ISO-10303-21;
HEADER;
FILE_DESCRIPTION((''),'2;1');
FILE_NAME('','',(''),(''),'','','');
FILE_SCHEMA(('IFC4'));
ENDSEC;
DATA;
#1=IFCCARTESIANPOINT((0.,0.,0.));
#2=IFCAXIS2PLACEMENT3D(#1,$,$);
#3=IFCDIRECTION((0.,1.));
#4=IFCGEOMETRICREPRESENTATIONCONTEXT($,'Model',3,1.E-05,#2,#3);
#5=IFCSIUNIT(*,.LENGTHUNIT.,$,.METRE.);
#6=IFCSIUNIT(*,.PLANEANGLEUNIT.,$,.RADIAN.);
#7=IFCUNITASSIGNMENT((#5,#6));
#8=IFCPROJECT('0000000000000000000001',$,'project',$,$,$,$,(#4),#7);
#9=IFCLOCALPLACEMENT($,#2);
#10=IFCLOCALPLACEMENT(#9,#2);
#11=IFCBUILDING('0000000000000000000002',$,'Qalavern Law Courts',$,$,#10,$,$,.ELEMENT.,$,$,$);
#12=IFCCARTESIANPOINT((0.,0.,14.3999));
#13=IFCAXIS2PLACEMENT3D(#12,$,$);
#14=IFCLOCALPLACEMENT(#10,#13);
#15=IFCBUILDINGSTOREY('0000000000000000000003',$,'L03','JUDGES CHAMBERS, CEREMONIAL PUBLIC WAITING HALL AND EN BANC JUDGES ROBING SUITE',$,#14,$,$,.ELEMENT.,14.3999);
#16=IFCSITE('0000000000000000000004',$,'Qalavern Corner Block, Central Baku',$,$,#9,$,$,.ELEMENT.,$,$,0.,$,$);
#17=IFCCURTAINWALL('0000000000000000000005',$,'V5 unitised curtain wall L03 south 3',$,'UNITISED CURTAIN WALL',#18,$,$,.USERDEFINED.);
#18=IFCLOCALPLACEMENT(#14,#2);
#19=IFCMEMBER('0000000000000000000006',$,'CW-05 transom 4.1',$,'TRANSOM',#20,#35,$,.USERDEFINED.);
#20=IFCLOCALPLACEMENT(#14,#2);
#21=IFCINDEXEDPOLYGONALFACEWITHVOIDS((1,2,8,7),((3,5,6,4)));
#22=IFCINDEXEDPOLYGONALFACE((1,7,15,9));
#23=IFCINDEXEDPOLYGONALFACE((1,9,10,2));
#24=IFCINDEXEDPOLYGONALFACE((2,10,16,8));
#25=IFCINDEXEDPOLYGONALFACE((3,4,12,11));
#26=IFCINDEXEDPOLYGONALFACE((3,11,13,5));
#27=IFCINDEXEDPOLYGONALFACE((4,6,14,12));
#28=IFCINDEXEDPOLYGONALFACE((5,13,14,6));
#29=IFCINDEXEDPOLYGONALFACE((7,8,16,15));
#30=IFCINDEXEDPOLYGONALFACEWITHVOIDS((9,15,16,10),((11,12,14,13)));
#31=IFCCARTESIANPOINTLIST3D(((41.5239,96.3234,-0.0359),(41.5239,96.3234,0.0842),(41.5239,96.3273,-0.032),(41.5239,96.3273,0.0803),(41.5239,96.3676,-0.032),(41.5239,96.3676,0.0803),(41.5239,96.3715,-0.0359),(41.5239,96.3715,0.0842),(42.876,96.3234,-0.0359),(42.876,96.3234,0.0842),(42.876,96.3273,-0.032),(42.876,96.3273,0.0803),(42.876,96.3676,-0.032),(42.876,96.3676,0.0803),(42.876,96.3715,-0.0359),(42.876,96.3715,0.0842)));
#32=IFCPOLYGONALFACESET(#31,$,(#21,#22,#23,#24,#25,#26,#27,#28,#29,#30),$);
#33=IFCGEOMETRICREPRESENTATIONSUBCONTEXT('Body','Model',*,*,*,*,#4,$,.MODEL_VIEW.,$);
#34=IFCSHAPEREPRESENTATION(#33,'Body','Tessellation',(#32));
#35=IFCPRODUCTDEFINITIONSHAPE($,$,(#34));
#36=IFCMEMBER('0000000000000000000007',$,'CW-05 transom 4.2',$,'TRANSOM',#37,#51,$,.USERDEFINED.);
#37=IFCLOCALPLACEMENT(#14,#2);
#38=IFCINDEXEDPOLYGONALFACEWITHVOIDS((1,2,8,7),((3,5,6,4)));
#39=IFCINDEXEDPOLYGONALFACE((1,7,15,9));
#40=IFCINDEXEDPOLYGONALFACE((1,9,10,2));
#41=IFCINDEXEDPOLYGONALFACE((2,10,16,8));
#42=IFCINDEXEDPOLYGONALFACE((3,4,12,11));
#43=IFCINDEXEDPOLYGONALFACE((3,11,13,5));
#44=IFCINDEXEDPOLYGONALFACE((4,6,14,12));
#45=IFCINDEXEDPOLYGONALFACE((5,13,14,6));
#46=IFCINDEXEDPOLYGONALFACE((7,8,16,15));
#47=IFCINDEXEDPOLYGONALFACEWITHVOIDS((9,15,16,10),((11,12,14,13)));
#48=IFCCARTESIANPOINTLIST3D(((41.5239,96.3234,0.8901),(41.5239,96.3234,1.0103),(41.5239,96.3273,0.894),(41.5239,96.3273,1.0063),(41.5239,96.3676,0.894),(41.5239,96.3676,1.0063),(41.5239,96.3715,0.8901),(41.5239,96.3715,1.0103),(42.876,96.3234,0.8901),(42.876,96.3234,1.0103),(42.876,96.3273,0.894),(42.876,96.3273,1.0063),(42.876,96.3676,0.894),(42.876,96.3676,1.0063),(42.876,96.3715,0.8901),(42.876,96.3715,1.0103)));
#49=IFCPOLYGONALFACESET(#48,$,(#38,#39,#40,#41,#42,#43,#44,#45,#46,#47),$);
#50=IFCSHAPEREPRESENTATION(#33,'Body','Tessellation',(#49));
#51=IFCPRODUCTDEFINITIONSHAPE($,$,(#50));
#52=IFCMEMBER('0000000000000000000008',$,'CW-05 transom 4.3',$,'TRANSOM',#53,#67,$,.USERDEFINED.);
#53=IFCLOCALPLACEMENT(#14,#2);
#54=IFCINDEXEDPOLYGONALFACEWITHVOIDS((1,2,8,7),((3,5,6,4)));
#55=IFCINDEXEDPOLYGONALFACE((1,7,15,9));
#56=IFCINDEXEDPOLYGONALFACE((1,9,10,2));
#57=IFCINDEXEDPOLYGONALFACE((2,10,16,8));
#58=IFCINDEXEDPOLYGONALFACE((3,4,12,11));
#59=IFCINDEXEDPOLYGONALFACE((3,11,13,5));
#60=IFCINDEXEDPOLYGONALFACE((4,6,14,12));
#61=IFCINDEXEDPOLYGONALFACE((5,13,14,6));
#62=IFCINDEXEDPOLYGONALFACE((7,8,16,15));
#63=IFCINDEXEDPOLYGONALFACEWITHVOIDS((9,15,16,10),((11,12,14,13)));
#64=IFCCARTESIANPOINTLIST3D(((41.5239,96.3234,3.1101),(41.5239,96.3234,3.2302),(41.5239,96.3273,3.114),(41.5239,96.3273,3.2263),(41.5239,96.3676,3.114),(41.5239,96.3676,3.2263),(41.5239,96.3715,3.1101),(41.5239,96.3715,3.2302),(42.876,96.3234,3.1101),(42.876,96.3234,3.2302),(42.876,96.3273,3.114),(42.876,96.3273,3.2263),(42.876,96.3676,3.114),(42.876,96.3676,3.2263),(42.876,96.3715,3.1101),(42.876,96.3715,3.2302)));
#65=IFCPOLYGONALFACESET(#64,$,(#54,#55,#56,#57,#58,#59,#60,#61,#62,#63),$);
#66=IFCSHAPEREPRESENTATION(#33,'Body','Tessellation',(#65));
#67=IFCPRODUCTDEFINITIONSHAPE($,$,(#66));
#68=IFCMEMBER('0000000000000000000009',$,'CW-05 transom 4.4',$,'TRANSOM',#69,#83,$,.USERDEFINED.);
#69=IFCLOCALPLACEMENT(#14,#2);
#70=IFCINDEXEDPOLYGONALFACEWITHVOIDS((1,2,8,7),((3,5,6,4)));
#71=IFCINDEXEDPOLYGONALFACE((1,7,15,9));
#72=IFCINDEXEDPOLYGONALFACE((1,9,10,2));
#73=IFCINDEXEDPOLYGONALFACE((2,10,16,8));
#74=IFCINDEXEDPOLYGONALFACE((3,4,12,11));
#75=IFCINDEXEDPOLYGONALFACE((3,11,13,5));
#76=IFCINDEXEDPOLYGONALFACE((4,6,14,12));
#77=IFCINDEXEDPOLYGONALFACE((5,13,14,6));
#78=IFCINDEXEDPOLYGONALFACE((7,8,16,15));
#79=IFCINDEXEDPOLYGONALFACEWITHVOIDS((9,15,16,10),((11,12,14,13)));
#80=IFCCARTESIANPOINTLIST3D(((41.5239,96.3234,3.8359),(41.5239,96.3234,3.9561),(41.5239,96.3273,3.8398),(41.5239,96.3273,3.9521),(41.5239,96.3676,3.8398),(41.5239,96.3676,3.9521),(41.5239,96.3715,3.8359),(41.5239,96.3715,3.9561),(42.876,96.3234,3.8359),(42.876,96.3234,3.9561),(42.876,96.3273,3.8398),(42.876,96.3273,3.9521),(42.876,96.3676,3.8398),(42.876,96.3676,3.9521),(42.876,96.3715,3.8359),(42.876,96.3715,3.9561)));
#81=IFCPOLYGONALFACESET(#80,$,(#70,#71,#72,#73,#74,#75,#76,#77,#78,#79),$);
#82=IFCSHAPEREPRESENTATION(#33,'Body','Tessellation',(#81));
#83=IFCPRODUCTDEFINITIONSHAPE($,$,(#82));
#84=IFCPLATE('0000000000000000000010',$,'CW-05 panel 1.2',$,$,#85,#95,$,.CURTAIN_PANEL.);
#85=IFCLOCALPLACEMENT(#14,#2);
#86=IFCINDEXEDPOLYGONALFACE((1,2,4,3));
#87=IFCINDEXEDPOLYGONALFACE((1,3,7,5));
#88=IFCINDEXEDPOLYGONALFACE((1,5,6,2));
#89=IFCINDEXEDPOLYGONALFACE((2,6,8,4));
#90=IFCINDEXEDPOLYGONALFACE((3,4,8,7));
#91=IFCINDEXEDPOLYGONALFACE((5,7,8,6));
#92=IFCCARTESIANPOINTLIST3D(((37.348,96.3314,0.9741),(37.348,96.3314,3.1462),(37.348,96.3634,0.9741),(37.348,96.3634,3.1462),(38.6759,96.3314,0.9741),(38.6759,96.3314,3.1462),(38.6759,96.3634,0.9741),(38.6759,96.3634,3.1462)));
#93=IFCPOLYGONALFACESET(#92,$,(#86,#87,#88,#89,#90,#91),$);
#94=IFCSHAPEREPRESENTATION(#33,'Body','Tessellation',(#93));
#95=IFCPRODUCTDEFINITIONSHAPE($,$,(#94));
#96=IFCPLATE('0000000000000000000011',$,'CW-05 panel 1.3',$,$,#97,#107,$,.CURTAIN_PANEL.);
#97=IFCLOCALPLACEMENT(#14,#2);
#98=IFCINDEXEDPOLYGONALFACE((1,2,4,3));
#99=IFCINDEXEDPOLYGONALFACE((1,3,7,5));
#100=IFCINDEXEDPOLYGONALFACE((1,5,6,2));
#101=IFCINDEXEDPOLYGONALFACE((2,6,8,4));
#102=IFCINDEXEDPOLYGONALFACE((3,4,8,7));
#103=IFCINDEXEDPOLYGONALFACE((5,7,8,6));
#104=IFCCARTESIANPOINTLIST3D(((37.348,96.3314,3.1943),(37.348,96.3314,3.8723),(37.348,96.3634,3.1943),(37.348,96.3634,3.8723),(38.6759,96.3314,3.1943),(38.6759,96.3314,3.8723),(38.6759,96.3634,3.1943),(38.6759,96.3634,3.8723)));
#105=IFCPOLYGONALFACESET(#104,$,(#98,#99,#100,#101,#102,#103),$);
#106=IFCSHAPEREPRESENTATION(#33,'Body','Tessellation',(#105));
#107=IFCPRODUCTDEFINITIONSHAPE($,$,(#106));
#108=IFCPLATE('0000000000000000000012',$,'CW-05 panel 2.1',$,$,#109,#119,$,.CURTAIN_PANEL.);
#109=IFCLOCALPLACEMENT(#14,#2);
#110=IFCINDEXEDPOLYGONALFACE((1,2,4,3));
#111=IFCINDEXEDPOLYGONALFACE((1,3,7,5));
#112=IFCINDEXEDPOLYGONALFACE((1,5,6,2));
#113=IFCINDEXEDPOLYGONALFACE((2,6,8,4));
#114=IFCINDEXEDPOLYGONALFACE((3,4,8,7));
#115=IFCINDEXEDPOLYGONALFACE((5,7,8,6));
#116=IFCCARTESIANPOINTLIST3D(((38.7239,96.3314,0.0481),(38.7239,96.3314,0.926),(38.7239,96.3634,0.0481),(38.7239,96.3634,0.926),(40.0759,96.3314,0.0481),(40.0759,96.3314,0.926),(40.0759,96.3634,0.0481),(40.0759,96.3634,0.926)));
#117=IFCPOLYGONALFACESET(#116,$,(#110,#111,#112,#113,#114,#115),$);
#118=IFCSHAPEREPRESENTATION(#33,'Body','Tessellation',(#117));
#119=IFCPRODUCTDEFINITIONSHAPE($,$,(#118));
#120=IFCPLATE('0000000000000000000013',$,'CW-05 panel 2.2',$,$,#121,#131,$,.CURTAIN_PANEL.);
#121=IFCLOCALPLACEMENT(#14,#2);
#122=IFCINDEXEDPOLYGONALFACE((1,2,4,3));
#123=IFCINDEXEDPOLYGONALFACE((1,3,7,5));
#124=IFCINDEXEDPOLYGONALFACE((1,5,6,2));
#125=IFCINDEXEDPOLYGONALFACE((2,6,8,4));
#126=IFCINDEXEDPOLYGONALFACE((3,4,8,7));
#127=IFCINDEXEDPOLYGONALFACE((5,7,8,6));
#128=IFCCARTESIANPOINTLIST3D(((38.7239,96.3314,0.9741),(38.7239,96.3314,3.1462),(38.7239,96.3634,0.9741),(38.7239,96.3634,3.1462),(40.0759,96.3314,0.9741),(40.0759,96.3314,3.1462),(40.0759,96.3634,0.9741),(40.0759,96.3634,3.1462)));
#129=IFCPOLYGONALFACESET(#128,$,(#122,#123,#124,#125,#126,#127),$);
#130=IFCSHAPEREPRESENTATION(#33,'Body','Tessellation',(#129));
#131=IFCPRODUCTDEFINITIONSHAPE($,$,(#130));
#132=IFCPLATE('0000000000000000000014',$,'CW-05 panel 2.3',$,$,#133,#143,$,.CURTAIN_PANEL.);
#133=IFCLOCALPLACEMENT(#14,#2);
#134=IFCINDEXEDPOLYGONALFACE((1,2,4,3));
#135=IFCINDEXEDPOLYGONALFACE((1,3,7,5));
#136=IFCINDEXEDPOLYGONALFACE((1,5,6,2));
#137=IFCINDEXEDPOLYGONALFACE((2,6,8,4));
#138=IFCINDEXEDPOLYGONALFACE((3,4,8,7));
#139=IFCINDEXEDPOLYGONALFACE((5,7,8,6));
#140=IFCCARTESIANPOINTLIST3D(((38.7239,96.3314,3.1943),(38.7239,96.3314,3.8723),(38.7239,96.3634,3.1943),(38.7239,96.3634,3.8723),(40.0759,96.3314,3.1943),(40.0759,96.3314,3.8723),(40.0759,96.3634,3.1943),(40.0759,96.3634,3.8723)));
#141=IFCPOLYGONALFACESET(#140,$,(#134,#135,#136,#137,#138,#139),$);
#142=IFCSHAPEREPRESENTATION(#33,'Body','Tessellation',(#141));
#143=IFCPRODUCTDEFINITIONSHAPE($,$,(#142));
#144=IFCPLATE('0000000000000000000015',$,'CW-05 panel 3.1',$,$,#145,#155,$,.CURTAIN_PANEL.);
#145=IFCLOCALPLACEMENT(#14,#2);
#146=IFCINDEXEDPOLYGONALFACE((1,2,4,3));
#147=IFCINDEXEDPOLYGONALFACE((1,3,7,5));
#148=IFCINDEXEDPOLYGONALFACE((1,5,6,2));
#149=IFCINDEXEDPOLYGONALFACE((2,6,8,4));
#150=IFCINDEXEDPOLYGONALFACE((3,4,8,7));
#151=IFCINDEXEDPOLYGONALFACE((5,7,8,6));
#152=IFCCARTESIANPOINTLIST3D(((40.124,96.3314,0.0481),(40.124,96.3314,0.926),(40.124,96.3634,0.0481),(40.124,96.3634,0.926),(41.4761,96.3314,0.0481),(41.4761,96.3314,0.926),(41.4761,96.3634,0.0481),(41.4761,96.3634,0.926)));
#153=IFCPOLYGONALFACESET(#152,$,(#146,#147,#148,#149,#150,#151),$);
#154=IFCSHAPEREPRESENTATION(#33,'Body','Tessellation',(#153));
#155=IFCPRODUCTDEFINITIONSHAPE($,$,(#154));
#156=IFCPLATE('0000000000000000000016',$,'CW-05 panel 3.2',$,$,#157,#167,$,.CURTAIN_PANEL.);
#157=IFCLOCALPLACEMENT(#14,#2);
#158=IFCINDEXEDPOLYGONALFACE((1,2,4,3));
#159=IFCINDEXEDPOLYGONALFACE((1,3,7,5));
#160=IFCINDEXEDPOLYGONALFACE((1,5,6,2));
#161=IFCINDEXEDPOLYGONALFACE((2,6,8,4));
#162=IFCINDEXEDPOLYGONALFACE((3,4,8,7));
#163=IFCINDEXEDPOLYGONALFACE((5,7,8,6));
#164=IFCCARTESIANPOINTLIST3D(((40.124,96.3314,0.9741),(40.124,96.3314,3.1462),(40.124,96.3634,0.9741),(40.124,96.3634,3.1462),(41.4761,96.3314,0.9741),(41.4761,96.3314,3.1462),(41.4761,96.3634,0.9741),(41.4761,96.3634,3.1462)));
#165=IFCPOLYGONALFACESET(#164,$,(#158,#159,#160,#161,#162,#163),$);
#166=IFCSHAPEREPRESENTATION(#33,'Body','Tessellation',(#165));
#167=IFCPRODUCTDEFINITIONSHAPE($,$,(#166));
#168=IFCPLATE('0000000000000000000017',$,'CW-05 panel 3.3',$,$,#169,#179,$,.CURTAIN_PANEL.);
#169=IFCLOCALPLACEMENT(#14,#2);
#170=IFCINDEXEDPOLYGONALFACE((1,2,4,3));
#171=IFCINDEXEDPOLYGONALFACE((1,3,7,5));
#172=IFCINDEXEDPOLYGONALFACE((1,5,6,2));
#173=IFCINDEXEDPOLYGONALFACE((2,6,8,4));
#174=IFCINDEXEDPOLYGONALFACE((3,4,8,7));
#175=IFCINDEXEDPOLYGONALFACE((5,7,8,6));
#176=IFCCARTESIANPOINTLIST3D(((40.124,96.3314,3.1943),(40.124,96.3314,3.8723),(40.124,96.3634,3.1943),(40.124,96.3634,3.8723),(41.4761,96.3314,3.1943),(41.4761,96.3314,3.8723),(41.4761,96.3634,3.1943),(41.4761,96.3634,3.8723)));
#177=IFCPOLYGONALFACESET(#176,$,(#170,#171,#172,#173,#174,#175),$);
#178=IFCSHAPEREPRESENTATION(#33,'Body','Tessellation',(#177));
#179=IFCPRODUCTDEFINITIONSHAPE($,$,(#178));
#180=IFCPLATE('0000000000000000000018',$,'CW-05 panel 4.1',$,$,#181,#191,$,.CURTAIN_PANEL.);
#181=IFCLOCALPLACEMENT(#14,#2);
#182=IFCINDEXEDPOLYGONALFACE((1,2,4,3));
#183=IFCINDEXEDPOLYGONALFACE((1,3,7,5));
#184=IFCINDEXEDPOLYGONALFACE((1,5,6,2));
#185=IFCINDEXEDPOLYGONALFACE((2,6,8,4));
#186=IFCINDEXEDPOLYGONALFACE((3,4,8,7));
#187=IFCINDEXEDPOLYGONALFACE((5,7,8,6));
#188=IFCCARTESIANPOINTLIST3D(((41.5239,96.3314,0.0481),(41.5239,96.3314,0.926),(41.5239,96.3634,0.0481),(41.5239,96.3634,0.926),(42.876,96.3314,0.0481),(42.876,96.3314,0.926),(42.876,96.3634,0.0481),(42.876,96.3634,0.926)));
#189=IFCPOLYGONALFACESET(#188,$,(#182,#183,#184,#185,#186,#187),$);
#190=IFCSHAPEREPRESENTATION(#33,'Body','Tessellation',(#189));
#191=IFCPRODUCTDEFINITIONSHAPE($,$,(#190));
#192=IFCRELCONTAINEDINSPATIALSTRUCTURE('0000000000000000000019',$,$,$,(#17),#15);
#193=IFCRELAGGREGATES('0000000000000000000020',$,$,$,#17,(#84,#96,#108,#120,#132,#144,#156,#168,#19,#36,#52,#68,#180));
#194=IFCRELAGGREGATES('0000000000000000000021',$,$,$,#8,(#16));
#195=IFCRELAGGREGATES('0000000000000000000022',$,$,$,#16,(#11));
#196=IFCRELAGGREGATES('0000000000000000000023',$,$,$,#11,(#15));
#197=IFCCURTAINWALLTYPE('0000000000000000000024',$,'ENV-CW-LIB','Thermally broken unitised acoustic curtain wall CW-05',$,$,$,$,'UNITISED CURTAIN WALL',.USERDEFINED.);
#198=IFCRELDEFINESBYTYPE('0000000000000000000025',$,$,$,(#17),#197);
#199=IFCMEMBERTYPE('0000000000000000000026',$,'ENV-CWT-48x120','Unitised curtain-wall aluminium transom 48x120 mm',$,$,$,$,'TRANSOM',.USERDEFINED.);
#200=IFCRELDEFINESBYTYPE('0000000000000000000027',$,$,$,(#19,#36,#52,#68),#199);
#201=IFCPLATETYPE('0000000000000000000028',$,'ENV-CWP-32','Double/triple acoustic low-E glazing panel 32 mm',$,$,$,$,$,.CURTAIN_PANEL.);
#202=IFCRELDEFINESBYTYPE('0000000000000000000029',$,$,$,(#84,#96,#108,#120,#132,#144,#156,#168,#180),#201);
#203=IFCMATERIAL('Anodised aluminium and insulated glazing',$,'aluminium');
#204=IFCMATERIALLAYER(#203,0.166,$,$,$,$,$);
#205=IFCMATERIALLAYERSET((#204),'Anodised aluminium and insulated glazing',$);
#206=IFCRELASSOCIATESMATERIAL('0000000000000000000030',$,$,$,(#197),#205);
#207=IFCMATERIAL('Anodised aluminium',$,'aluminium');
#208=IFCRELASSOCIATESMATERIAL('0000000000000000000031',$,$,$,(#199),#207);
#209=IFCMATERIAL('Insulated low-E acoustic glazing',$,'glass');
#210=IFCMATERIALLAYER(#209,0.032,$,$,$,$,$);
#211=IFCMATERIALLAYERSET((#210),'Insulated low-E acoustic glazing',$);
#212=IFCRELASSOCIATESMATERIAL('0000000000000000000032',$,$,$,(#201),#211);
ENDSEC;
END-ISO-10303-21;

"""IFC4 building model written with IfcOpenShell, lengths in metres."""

from ifc_helpers import new_model, si_unit, direction, frame, origin, origin_2d, place, context, subcontext, project, spatial, rectangle, hollow_rectangle, extrude, material, layer, layer_set, material_profile, profile_set, type_object, element, aggregate, save


model = new_model("IFC4")

# Units and contexts
model_context = context("Model", 3, precision=1e-05, world=origin(), true_north=direction((0.0, 1.0)))
body_context = subcontext(model_context, "Body", "Model", "MODEL_VIEW")
ifc_project = project(units=[si_unit("LENGTHUNIT", "METRE"), si_unit("PLANEANGLEUNIT", "RADIAN")], contexts=[model_context])

# Site, building, storey
site_placement = place(None, origin())
site = spatial("IfcSite", under=ifc_project, at=site_placement, Name="Qalavern Corner Block, Central Baku", CompositionType="ELEMENT", RefElevation=0.0)
building_placement = place(site_placement, origin())
building = spatial("IfcBuilding", under=site, at=building_placement, Name="Qalavern Law Courts", CompositionType="ELEMENT")
storey_placement = place(building_placement, frame((0.0, 0.0, 14.3999)))
storey = spatial("IfcBuildingStorey", under=building, at=storey_placement, Name="L03", Description="JUDGES CHAMBERS, CEREMONIAL PUBLIC WAITING HALL AND EN BANC JUDGES ROBING SUITE", CompositionType="ELEMENT", Elevation=14.3999)

# Curtain wall, members, plates
ifc_material_1 = material(Name="Anodised aluminium and insulated glazing", Category="aluminium")
ifc_layer_1 = layer(ifc_material_1, 0.166)
ifc_layer_set_1 = layer_set([ifc_layer_1], Name="Anodised aluminium and insulated glazing")
curtain_wall_type = type_object("IfcCurtainWallType", Name="ENV-CW-LIB", Description="Thermally broken unitised acoustic curtain wall CW-05", ElementType="UNITISED CURTAIN WALL", PredefinedType="USERDEFINED", material=ifc_layer_set_1)
curtain_wall_placement = place(storey_placement, origin())
curtain_wall = element("IfcCurtainWall", 1, at=curtain_wall_placement, inside=storey, type_object=curtain_wall_type, Name="V5 unitised curtain wall L03 south 3", ObjectType="UNITISED CURTAIN WALL", PredefinedType="USERDEFINED")
ifc_material_2 = material(Name="Anodised aluminium", Category="aluminium")
ifc_material_profile_1 = material_profile(ifc_material_2, hollow_rectangle(XDim=0.0481, YDim=0.1201, WallThickness=0.0039, at=origin_2d()), Name="ALU TRANSOM 48x120")
ifc_profile_set_1 = profile_set([ifc_material_profile_1], Name="Anodised aluminium")
member_type_1 = type_object("IfcMemberType", Name="ENV-CWT-48x120", Description="Unitised curtain-wall aluminium transom 48x120 mm", ElementType="TRANSOM", PredefinedType="USERDEFINED", material=ifc_profile_set_1)
member_1_placement = place(storey_placement, frame((41.5239, 96.3474, 0.0242), z_axis=(1.0, 0.0, 0.0), x_axis=(0.0, 1.0, 0.0)))
member_1 = element("IfcMember", 2, at=member_1_placement, type_object=member_type_1, Name="CW-05 transom 4.1", ObjectType="TRANSOM", PredefinedType="USERDEFINED", context=body_context, shape_type="SweptSolid", body=[
    extrude(hollow_rectangle(XDim=0.0481, YDim=0.1201, WallThickness=0.0039, at=origin_2d()), origin(), (0.0, 0.0, 1.0), 1.3521),
])
member_2_placement = place(storey_placement, frame((41.5239, 96.3474, 0.9502), z_axis=(1.0, 0.0, 0.0), x_axis=(0.0, 1.0, 0.0)))
member_2 = element("IfcMember", 3, at=member_2_placement, type_object=member_type_1, Name="CW-05 transom 4.2", ObjectType="TRANSOM", PredefinedType="USERDEFINED", context=body_context, shape_type="SweptSolid", body=[
    extrude(hollow_rectangle(XDim=0.0481, YDim=0.1201, WallThickness=0.0039, at=origin_2d()), origin(), (0.0, 0.0, 1.0), 1.3521),
])
member_3_placement = place(storey_placement, frame((41.5239, 96.3474, 3.1702), z_axis=(1.0, 0.0, 0.0), x_axis=(0.0, 1.0, 0.0)))
member_3 = element("IfcMember", 4, at=member_3_placement, type_object=member_type_1, Name="CW-05 transom 4.3", ObjectType="TRANSOM", PredefinedType="USERDEFINED", context=body_context, shape_type="SweptSolid", body=[
    extrude(hollow_rectangle(XDim=0.0481, YDim=0.1201, WallThickness=0.0039, at=origin_2d()), origin(), (0.0, 0.0, 1.0), 1.3521),
])
member_4_placement = place(storey_placement, frame((41.5239, 96.3474, 3.896), z_axis=(1.0, 0.0, 0.0), x_axis=(0.0, 1.0, 0.0)))
member_4 = element("IfcMember", 5, at=member_4_placement, type_object=member_type_1, Name="CW-05 transom 4.4", ObjectType="TRANSOM", PredefinedType="USERDEFINED", context=body_context, shape_type="SweptSolid", body=[
    extrude(hollow_rectangle(XDim=0.0481, YDim=0.1201, WallThickness=0.0039, at=origin_2d()), origin(), (0.0, 0.0, 1.0), 1.3521),
])
ifc_material_3 = material(Name="Insulated low-E acoustic glazing", Category="glass")
ifc_layer_2 = layer(ifc_material_3, 0.032)
ifc_layer_set_2 = layer_set([ifc_layer_2], Name="Insulated low-E acoustic glazing")
plate_type = type_object("IfcPlateType", Name="ENV-CWP-32", Description="Double/triple acoustic low-E glazing panel 32 mm", PredefinedType="CURTAIN_PANEL", material=ifc_layer_set_2)
plate_1_placement = place(storey_placement, frame((38.012, 96.3474, 0.9741), z_axis=(0.0, 0.0, 1.0), x_axis=(1.0, 0.0, 0.0)))
plate_1 = element("IfcPlate", 6, at=plate_1_placement, type_object=plate_type, Name="CW-05 panel 1.2", PredefinedType="CURTAIN_PANEL", context=body_context, shape_type="SweptSolid", body=[
    extrude(rectangle(XDim=1.3279, YDim=0.032, at=origin_2d()), origin(), (0.0, 0.0, 1.0), 2.1721),
])
plate_2_placement = place(storey_placement, frame((38.012, 96.3474, 3.1943), z_axis=(0.0, 0.0, 1.0), x_axis=(1.0, 0.0, 0.0)))
plate_2 = element("IfcPlate", 7, at=plate_2_placement, type_object=plate_type, Name="CW-05 panel 1.3", PredefinedType="CURTAIN_PANEL", context=body_context, shape_type="SweptSolid", body=[
    extrude(rectangle(XDim=1.3279, YDim=0.032, at=origin_2d()), origin(), (0.0, 0.0, 1.0), 0.678),
])
plate_3_placement = place(storey_placement, frame((39.3999, 96.3474, 0.0481), z_axis=(0.0, 0.0, 1.0), x_axis=(1.0, 0.0, 0.0)))
plate_3 = element("IfcPlate", 8, at=plate_3_placement, type_object=plate_type, Name="CW-05 panel 2.1", PredefinedType="CURTAIN_PANEL", context=body_context, shape_type="SweptSolid", body=[
    extrude(rectangle(XDim=1.3521, YDim=0.032, at=origin_2d()), origin(), (0.0, 0.0, 1.0), 0.8779),
])
plate_4_placement = place(storey_placement, frame((39.3999, 96.3474, 0.9741), z_axis=(0.0, 0.0, 1.0), x_axis=(1.0, 0.0, 0.0)))
plate_4 = element("IfcPlate", 9, at=plate_4_placement, type_object=plate_type, Name="CW-05 panel 2.2", PredefinedType="CURTAIN_PANEL", context=body_context, shape_type="SweptSolid", body=[
    extrude(rectangle(XDim=1.3521, YDim=0.032, at=origin_2d()), origin(), (0.0, 0.0, 1.0), 2.1721),
])
plate_5_placement = place(storey_placement, frame((39.3999, 96.3474, 3.1943), z_axis=(0.0, 0.0, 1.0), x_axis=(1.0, 0.0, 0.0)))
plate_5 = element("IfcPlate", 10, at=plate_5_placement, type_object=plate_type, Name="CW-05 panel 2.3", PredefinedType="CURTAIN_PANEL", context=body_context, shape_type="SweptSolid", body=[
    extrude(rectangle(XDim=1.3521, YDim=0.032, at=origin_2d()), origin(), (0.0, 0.0, 1.0), 0.678),
])
plate_6_placement = place(storey_placement, frame((40.8, 96.3474, 0.0481), z_axis=(0.0, 0.0, 1.0), x_axis=(1.0, 0.0, 0.0)))
plate_6 = element("IfcPlate", 11, at=plate_6_placement, type_object=plate_type, Name="CW-05 panel 3.1", PredefinedType="CURTAIN_PANEL", context=body_context, shape_type="SweptSolid", body=[
    extrude(rectangle(XDim=1.3521, YDim=0.032, at=origin_2d()), origin(), (0.0, 0.0, 1.0), 0.8779),
])
plate_7_placement = place(storey_placement, frame((40.8, 96.3474, 0.9741), z_axis=(0.0, 0.0, 1.0), x_axis=(1.0, 0.0, 0.0)))
plate_7 = element("IfcPlate", 12, at=plate_7_placement, type_object=plate_type, Name="CW-05 panel 3.2", PredefinedType="CURTAIN_PANEL", context=body_context, shape_type="SweptSolid", body=[
    extrude(rectangle(XDim=1.3521, YDim=0.032, at=origin_2d()), origin(), (0.0, 0.0, 1.0), 2.1721),
])
plate_8_placement = place(storey_placement, frame((40.8, 96.3474, 3.1943), z_axis=(0.0, 0.0, 1.0), x_axis=(1.0, 0.0, 0.0)))
plate_8 = element("IfcPlate", 13, at=plate_8_placement, type_object=plate_type, Name="CW-05 panel 3.3", PredefinedType="CURTAIN_PANEL", context=body_context, shape_type="SweptSolid", body=[
    extrude(rectangle(XDim=1.3521, YDim=0.032, at=origin_2d()), origin(), (0.0, 0.0, 1.0), 0.678),
])
plate_9_placement = place(storey_placement, frame((42.2, 96.3474, 0.0481), z_axis=(0.0, 0.0, 1.0), x_axis=(1.0, 0.0, 0.0)))
plate_9 = element("IfcPlate", 14, at=plate_9_placement, type_object=plate_type, Name="CW-05 panel 4.1", PredefinedType="CURTAIN_PANEL", context=body_context, shape_type="SweptSolid", body=[
    extrude(rectangle(XDim=1.3521, YDim=0.032, at=origin_2d()), origin(), (0.0, 0.0, 1.0), 0.8779),
])
aggregate(curtain_wall, [plate_1, plate_2, plate_3, plate_4, plate_5, plate_6, plate_7, plate_8, member_1, member_2, member_3, member_4, plate_9])

save(model, "model.ifc")
